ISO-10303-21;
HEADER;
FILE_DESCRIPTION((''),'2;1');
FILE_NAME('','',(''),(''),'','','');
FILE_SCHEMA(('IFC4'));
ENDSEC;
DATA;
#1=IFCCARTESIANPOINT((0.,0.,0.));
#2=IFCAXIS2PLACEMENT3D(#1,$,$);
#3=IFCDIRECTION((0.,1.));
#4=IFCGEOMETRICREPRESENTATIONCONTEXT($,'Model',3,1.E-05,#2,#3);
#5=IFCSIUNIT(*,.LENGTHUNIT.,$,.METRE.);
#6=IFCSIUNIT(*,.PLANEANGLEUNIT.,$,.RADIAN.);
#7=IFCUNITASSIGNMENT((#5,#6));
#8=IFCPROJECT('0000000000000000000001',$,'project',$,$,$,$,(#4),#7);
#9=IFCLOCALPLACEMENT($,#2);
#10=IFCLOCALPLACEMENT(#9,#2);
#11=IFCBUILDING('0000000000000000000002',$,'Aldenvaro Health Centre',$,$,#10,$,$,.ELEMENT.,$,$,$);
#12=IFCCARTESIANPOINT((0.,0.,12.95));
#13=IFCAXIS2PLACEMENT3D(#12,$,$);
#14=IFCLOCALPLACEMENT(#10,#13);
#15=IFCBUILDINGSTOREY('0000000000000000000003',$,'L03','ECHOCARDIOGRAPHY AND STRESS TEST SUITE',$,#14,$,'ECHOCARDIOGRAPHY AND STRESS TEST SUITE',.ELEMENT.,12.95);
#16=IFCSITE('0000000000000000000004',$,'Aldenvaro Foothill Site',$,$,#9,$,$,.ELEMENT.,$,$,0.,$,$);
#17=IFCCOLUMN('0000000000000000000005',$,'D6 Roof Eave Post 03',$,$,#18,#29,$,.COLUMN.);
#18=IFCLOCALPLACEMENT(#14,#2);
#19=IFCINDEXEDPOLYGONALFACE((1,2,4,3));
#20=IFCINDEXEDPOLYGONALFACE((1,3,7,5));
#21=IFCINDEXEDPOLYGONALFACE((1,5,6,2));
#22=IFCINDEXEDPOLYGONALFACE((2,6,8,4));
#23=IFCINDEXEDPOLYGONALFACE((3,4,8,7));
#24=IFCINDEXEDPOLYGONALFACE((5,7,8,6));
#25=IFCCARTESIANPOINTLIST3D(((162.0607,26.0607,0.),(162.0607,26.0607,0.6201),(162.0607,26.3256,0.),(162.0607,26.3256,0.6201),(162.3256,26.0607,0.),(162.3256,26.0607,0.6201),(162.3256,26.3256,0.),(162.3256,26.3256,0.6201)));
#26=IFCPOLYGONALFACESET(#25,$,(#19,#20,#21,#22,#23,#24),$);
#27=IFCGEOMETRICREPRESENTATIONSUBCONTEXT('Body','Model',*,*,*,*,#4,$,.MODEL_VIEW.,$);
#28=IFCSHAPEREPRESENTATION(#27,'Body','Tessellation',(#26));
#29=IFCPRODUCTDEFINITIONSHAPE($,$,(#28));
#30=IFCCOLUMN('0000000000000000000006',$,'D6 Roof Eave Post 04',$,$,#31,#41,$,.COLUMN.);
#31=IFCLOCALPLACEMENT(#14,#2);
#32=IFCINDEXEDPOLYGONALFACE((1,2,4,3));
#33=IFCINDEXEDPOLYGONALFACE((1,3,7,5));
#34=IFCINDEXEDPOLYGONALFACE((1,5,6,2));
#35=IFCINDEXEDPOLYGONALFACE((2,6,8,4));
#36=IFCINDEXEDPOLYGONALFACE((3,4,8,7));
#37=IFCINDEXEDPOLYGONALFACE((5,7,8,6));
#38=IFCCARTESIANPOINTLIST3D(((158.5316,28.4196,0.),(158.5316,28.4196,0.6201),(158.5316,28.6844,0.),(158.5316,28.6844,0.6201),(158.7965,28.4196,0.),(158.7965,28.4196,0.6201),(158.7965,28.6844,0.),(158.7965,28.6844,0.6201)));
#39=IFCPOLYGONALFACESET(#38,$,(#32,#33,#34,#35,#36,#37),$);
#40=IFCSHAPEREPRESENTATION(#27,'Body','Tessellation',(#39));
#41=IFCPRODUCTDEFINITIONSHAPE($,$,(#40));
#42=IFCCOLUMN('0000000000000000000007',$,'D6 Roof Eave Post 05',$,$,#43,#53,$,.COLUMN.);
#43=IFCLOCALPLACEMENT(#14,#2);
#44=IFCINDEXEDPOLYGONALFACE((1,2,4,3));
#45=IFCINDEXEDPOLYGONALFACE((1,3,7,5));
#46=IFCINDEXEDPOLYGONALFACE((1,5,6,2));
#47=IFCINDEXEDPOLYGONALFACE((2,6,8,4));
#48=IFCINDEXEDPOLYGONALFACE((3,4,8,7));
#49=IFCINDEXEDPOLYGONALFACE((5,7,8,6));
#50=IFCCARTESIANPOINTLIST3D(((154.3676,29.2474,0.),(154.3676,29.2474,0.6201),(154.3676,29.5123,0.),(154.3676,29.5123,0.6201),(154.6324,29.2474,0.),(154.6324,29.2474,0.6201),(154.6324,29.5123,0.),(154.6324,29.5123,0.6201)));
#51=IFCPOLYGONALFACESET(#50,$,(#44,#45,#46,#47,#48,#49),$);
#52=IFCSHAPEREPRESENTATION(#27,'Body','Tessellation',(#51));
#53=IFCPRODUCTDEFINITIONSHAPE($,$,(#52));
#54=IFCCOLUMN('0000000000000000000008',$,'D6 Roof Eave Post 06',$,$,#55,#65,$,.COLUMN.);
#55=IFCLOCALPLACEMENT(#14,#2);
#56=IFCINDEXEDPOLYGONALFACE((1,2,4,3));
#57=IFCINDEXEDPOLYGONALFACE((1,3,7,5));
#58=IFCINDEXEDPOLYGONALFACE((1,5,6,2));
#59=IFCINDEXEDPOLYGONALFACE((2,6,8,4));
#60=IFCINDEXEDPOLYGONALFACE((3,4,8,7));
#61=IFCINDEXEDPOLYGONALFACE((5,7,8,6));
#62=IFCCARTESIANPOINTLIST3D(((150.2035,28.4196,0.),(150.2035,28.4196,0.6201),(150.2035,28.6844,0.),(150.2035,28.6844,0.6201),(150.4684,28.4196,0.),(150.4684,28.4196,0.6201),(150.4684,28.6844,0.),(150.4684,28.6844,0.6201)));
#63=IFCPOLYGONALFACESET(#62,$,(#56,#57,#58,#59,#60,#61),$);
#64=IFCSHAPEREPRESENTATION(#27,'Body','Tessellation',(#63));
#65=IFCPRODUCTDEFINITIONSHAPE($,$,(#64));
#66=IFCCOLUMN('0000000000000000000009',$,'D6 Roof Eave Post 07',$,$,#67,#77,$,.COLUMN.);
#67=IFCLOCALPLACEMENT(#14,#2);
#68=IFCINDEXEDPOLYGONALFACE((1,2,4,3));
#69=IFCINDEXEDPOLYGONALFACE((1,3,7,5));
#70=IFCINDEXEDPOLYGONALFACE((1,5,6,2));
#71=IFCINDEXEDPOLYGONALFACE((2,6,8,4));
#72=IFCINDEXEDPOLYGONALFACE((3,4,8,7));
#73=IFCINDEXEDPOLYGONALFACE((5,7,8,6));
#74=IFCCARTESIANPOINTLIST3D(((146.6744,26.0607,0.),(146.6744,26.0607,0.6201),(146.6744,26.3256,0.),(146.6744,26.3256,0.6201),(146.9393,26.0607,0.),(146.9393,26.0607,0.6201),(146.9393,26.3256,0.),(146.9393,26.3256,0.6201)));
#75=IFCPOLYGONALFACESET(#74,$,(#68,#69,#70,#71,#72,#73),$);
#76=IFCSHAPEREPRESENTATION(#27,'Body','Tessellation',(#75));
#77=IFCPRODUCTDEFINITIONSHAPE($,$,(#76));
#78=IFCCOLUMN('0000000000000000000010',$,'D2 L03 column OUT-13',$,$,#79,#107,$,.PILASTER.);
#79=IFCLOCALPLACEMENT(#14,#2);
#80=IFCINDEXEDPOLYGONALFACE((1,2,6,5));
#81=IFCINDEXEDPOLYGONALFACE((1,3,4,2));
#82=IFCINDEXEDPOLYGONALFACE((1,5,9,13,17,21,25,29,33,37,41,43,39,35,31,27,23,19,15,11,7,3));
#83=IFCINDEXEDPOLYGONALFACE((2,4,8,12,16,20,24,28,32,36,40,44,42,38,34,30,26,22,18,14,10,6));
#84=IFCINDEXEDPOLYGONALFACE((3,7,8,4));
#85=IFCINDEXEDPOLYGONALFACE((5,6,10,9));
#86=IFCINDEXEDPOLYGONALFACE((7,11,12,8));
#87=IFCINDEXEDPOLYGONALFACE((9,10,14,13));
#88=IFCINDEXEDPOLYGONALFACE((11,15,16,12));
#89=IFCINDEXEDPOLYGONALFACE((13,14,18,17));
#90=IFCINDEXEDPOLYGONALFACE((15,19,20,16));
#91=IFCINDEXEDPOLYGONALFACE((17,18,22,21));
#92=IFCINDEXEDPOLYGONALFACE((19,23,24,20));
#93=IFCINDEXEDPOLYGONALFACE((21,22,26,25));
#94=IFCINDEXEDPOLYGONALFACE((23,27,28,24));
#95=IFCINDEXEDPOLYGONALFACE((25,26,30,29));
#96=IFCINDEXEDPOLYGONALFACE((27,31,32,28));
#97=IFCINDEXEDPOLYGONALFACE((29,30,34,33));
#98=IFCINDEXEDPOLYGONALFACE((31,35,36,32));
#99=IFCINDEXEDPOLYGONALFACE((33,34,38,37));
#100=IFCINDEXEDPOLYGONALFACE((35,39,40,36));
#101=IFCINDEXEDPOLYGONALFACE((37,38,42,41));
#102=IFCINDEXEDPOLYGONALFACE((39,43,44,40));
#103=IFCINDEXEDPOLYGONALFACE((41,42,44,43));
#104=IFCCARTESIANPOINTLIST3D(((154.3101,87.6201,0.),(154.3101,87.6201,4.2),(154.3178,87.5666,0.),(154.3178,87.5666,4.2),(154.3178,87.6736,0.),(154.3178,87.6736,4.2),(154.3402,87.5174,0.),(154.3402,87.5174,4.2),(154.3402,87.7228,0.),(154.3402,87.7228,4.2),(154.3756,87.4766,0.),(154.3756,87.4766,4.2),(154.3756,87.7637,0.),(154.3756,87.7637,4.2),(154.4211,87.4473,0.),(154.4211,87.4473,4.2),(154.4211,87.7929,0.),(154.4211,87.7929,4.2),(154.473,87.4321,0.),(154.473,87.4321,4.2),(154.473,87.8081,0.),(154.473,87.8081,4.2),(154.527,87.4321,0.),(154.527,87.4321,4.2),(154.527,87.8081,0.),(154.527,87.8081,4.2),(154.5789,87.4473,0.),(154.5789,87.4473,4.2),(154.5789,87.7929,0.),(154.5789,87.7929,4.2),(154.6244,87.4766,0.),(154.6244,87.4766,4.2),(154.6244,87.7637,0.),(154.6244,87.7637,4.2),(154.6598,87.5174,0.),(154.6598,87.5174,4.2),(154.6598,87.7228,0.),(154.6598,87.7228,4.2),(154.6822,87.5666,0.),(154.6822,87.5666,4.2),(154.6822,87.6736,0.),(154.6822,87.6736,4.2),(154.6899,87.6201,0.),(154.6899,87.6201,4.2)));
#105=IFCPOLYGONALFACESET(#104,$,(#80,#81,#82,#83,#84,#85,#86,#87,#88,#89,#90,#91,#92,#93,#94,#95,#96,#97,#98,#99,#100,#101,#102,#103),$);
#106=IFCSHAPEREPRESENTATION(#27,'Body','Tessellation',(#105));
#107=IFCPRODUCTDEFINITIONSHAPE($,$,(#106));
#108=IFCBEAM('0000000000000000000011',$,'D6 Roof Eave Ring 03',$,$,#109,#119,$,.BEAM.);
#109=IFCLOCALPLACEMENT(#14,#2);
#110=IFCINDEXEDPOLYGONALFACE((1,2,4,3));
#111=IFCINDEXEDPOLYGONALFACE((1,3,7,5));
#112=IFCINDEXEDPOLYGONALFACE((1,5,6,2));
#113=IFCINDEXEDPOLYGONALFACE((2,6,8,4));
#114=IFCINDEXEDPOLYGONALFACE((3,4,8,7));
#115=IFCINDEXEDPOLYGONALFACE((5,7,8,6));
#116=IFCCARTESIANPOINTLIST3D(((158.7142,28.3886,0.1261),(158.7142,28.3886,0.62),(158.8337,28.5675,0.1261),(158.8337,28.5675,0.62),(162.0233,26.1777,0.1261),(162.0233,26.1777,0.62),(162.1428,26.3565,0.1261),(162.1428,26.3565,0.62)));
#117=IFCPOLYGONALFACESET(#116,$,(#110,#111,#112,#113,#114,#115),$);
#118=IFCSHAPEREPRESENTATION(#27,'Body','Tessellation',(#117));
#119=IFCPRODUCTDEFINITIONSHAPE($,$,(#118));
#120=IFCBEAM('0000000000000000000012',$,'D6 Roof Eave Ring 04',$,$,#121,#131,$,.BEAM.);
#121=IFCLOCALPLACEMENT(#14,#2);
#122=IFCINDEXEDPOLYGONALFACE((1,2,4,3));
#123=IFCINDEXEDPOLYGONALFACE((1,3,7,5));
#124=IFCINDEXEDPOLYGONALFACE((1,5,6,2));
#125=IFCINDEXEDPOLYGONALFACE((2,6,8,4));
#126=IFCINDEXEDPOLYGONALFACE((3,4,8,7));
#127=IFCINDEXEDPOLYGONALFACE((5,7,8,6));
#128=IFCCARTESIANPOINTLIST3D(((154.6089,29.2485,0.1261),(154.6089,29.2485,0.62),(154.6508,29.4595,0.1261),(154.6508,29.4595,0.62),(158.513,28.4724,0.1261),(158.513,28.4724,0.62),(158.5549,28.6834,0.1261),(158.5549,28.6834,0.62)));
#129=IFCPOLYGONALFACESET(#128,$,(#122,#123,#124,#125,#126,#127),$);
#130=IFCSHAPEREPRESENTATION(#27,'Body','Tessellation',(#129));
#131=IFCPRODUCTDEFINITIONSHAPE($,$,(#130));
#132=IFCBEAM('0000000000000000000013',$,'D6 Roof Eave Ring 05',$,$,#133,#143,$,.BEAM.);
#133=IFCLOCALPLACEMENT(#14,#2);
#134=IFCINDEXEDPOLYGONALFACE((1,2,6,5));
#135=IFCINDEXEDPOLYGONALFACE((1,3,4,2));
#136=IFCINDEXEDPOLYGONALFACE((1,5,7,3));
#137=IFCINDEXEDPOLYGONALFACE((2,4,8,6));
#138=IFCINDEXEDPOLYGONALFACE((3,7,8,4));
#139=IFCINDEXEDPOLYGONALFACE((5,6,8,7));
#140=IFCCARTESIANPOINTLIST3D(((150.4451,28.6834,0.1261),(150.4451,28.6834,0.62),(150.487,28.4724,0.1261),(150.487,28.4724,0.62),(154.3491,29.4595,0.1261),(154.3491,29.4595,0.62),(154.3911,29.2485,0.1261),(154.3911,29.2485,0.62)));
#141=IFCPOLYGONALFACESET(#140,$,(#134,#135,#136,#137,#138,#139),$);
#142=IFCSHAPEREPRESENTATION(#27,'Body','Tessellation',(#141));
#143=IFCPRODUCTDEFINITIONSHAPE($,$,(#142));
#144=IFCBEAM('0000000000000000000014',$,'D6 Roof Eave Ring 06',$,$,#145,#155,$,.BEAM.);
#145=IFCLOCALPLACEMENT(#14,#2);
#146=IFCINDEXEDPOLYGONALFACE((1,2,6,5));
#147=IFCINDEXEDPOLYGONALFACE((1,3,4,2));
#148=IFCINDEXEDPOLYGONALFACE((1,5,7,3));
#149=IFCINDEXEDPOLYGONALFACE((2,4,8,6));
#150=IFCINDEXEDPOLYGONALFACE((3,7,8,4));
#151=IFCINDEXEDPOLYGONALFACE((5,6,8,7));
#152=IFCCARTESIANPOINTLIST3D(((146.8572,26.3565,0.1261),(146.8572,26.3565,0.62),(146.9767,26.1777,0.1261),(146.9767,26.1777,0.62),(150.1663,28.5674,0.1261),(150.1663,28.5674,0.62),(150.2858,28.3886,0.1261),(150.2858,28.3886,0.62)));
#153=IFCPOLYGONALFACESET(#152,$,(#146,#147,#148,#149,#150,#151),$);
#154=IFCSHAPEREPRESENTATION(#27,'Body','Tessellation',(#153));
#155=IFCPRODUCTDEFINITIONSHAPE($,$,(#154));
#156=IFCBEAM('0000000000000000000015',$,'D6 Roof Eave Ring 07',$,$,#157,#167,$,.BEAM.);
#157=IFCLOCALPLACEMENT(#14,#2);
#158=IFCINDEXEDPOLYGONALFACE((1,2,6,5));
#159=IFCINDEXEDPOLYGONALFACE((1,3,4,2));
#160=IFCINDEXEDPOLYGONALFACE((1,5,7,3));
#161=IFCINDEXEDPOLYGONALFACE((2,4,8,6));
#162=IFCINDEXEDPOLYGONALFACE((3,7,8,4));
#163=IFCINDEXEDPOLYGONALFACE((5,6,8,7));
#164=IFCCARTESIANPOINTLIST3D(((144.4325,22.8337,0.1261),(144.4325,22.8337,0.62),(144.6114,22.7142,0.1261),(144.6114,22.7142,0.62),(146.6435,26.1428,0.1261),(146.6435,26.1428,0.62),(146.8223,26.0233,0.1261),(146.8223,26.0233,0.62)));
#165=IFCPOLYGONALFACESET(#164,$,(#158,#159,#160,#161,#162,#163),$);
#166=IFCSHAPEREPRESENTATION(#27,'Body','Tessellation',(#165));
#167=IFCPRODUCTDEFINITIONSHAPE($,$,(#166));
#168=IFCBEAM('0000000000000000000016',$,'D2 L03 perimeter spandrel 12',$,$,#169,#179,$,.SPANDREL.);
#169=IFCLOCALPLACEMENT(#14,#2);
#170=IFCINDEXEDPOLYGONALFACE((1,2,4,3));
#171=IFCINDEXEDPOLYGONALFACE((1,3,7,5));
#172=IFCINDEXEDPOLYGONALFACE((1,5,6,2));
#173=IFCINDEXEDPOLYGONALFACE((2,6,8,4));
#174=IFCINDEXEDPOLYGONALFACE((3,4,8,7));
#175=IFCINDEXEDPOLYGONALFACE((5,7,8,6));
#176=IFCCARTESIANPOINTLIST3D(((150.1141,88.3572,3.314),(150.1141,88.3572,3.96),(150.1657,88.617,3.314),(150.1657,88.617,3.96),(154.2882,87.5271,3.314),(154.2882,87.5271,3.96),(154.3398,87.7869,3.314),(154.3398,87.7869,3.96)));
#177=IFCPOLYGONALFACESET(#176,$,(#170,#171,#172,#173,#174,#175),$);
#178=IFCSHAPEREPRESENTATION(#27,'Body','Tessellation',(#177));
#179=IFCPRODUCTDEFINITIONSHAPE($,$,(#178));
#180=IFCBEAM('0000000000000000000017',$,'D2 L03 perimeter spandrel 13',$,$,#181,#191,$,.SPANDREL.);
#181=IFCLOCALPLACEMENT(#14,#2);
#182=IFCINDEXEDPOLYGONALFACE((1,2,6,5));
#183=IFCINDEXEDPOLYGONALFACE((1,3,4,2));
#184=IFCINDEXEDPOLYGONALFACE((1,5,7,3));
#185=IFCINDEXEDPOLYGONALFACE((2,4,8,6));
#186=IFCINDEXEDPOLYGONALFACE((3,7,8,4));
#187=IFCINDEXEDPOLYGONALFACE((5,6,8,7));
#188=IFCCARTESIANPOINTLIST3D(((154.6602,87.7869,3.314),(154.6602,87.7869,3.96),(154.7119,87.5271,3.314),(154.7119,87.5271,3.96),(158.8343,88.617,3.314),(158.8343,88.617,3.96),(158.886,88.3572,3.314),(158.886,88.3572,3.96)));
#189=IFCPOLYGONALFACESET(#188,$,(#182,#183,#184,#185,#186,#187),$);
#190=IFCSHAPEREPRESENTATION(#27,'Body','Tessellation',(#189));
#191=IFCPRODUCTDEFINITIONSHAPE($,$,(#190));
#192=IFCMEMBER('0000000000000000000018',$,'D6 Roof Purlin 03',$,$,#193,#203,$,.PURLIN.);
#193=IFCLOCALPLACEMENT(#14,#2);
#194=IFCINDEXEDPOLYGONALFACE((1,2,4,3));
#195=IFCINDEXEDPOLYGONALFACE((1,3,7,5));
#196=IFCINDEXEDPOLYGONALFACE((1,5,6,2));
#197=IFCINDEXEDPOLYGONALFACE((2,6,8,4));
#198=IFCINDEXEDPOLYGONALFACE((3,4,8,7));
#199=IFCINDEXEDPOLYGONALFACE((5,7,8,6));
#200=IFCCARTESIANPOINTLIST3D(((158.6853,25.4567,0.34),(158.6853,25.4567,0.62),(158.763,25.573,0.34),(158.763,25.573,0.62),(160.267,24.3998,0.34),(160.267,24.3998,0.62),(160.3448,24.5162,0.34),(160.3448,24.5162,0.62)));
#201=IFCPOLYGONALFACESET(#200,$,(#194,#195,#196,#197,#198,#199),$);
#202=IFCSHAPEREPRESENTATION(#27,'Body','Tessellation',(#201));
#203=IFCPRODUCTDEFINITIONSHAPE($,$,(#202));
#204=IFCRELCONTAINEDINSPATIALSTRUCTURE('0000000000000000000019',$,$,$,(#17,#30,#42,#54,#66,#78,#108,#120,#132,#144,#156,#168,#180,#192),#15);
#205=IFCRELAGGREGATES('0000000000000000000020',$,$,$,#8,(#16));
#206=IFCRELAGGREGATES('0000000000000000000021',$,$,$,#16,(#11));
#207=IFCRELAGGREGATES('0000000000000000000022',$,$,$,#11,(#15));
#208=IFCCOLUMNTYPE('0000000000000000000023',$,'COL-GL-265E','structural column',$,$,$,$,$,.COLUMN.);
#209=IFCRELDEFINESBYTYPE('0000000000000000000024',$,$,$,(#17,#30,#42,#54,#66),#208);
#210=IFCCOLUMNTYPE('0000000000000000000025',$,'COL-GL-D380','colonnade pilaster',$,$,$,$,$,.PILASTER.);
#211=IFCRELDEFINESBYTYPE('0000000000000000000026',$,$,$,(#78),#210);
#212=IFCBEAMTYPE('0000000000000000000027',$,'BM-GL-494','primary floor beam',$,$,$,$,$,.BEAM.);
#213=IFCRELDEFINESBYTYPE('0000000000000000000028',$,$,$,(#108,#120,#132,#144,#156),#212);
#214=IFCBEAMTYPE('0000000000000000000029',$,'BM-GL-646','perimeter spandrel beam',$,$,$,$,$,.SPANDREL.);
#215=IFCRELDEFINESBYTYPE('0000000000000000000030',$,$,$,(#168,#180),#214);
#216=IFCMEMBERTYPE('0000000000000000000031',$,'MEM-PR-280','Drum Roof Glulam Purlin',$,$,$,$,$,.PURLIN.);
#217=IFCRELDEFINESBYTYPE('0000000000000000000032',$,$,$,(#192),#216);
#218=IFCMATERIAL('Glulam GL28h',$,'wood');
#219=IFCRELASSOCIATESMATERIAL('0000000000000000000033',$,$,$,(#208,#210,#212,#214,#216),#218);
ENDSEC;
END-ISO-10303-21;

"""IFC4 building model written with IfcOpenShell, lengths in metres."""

from ifc_helpers import new_model, si_unit, direction, frame, origin, origin_2d, place, context, subcontext, project, spatial, rectangle, circle, extrude, material, material_profile, profile_set, type_object, element, save


model = new_model("IFC4")

# Units and contexts
model_context = context("Model", 3, precision=1e-05, world=origin(), true_north=direction((0.0, 1.0)))
body_context = subcontext(model_context, "Body", "Model", "MODEL_VIEW")
ifc_project = project(units=[si_unit("LENGTHUNIT", "METRE"), si_unit("PLANEANGLEUNIT", "RADIAN")], contexts=[model_context])

# Site, building, storey
site_placement = place(None, origin())
site = spatial("IfcSite", under=ifc_project, at=site_placement, Name="Aldenvaro Foothill Site", CompositionType="ELEMENT", RefElevation=0.0)
building_placement = place(site_placement, origin())
building = spatial("IfcBuilding", under=site, at=building_placement, Name="Aldenvaro Health Centre", CompositionType="ELEMENT")
storey_placement = place(building_placement, frame((0.0, 0.0, 12.95)))
storey = spatial("IfcBuildingStorey", under=building, at=storey_placement, Name="L03", Description="ECHOCARDIOGRAPHY AND STRESS TEST SUITE", LongName="ECHOCARDIOGRAPHY AND STRESS TEST SUITE", CompositionType="ELEMENT", Elevation=12.95)

# Columns
ifc_material_1 = material(Name="Glulam GL28h", Category="wood")
ifc_material_profile_1 = material_profile(ifc_material_1, rectangle(XDim=0.2649, YDim=0.2649, at=origin_2d()), Name="GL 265x265", Category="wood")
ifc_profile_set_1 = profile_set([ifc_material_profile_1], Name="Glulam GL28h")
column_type_1 = type_object("IfcColumnType", Name="COL-GL-265E", Description="structural column", PredefinedType="COLUMN", material=ifc_profile_set_1)
for number, where, z_axis, x_axis, name in (
    (1, (162.1931, 26.1931, 0.0), (0.0, 0.0, 1.0), (1.0, 0.0, 0.0), "D6 Roof Eave Post 03"),
    (2, (158.6641, 28.552, 0.0), (0.0, 0.0, 1.0), (1.0, 0.0, 0.0), "D6 Roof Eave Post 04"),
    (3, (154.5, 29.3799, 0.0), (0.0, 0.0, 1.0), (1.0, 0.0, 0.0), "D6 Roof Eave Post 05"),
    (4, (150.3359, 28.552, 0.0), (0.0, 0.0, 1.0), (1.0, 0.0, 0.0), "D6 Roof Eave Post 06"),
    (5, (146.8069, 26.1931, 0.0), (0.0, 0.0, 1.0), (1.0, 0.0, 0.0), "D6 Roof Eave Post 07"),
):
    element("IfcColumn", number, at=place(storey_placement, frame(where, z_axis=z_axis, x_axis=x_axis)), inside=storey, type_object=column_type_1, Name=name, PredefinedType="COLUMN", context=body_context, shape_type="SweptSolid", body=[
        extrude(rectangle(XDim=0.2649, YDim=0.2649, at=origin_2d()), origin(), (0.0, 0.0, 1.0), 0.6201),
    ])
ifc_material_profile_2 = material_profile(ifc_material_1, circle(Radius=0.1899, at=origin_2d()), Name="GL D380", Category="wood")
ifc_profile_set_2 = profile_set([ifc_material_profile_2], Name="Glulam GL28h")
column_type_2 = type_object("IfcColumnType", Name="COL-GL-D380", Description="colonnade pilaster", PredefinedType="PILASTER", material=ifc_profile_set_2)
column_placement = place(storey_placement, frame((154.5, 87.6201, 0.0), z_axis=(0.0, 0.0, 1.0), x_axis=(1.0, 0.0, 0.0)))
element("IfcColumn", 6, at=column_placement, inside=storey, type_object=column_type_2, Name="D2 L03 column OUT-13", PredefinedType="PILASTER", context=body_context, shape_type="SweptSolid", body=[
    extrude(circle(Radius=0.1899, at=origin_2d()), origin(), (0.0, 0.0, 1.0), 4.2),
])

# Beams
ifc_material_profile_3 = material_profile(ifc_material_1, rectangle(XDim=0.2151, YDim=0.4939, at=origin_2d()), Name="GL 215x494", Category="wood")
ifc_profile_set_3 = profile_set([ifc_material_profile_3], Name="Glulam GL28h")
beam_type_1 = type_object("IfcBeamType", Name="BM-GL-494", Description="primary floor beam", PredefinedType="BEAM", material=ifc_profile_set_3)
beam_placement = place(storey_placement, frame((162.083, 26.2671, 0.373), z_axis=(-0.831484, 0.555549, 0.0), x_axis=(-0.555549, -0.831484, 0.0)))
element("IfcBeam", 7, at=beam_placement, inside=storey, type_object=beam_type_1, Name="D6 Roof Eave Ring 03", PredefinedType="BEAM", context=body_context, shape_type="SweptSolid", body=[
    extrude(rectangle(XDim=0.2151, YDim=0.4939, at=origin_2d()), origin(), (0.0, 0.0, 1.0), 3.9797),
])
for number, where, z_axis, x_axis, name in (
    (8, (158.5339, 28.5779, 0.373), (-0.980806, 0.194984, 0.0), (-0.194984, -0.980806, 0.0), "D6 Roof Eave Ring 04"),
    (9, (154.3701, 29.354, 0.373), (-0.980806, -0.194984, 0.0), (0.194984, -0.980806, 0.0), "D6 Roof Eave Ring 05"),
):
    element("IfcBeam", number, at=place(storey_placement, frame(where, z_axis=z_axis, x_axis=x_axis)), inside=storey, type_object=beam_type_1, Name=name, PredefinedType="BEAM", context=body_context, shape_type="SweptSolid", body=[
        extrude(rectangle(XDim=0.2151, YDim=0.4939, at=origin_2d()), origin(), (0.0, 0.0, 1.0), 3.9805),
    ])
for number, where, z_axis, x_axis, name in (
    (10, (150.2261, 28.478, 0.373), (-0.831484, -0.555549, 0.0), (0.555549, -0.831484, 0.0), "D6 Roof Eave Ring 06"),
    (11, (146.7329, 26.083, 0.373), (-0.555549, -0.831484, 0.0), (0.831484, -0.555549, 0.0), "D6 Roof Eave Ring 07"),
):
    element("IfcBeam", number, at=place(storey_placement, frame(where, z_axis=z_axis, x_axis=x_axis)), inside=storey, type_object=beam_type_1, Name=name, PredefinedType="BEAM", context=body_context, shape_type="SweptSolid", body=[
        extrude(rectangle(XDim=0.2151, YDim=0.4939, at=origin_2d()), origin(), (0.0, 0.0, 1.0), 3.9797),
    ])
ifc_material_profile_4 = material_profile(ifc_material_1, rectangle(XDim=0.2649, YDim=0.646, at=origin_2d()), Name="GL 265x646", Category="wood")
ifc_profile_set_4 = profile_set([ifc_material_profile_4], Name="Glulam GL28h")
beam_type_2 = type_object("IfcBeamType", Name="BM-GL-646", Description="perimeter spandrel beam", PredefinedType="SPANDREL", material=ifc_profile_set_4)
for number, where, z_axis, x_axis, name in (
    (12, (150.1399, 88.4871, 3.637), (0.980794, -0.195046, 0.0), (0.195046, 0.980794, 0.0), "D2 L03 perimeter spandrel 12"),
    (13, (154.686, 87.657, 3.637), (0.980794, 0.195046, 0.0), (-0.195046, 0.980794, 0.0), "D2 L03 perimeter spandrel 13"),
):
    element("IfcBeam", number, at=place(storey_placement, frame(where, z_axis=z_axis, x_axis=x_axis)), inside=storey, type_object=beam_type_2, Name=name, PredefinedType="SPANDREL", context=body_context, shape_type="SweptSolid", body=[
        extrude(rectangle(XDim=0.2649, YDim=0.646, at=origin_2d()), origin(), (0.0, 0.0, 1.0), 4.2559),
    ])

# Member
ifc_material_profile_5 = material_profile(ifc_material_1, rectangle(XDim=0.1399, YDim=0.28, at=origin_2d()), Name="GL 140x280", Category="wood")
ifc_profile_set_5 = profile_set([ifc_material_profile_5], Name="Glulam GL28h")
member_type_1 = type_object("IfcMemberType", Name="MEM-PR-280", Description="Drum Roof Glulam Purlin", PredefinedType="PURLIN", material=ifc_profile_set_5)
member_1_placement = place(storey_placement, frame((160.3059, 24.458, 0.48), z_axis=(-0.831477, 0.555559, 0.0), x_axis=(-0.555559, -0.831477, 0.0)))
element("IfcMember", 14, at=member_1_placement, inside=storey, type_object=member_type_1, Name="D6 Roof Purlin 03", PredefinedType="PURLIN", context=body_context, shape_type="SweptSolid", body=[
    extrude(rectangle(XDim=0.1399, YDim=0.28, at=origin_2d()), origin(), (0.0, 0.0, 1.0), 1.9023),
])

save(model, "model.ifc")
